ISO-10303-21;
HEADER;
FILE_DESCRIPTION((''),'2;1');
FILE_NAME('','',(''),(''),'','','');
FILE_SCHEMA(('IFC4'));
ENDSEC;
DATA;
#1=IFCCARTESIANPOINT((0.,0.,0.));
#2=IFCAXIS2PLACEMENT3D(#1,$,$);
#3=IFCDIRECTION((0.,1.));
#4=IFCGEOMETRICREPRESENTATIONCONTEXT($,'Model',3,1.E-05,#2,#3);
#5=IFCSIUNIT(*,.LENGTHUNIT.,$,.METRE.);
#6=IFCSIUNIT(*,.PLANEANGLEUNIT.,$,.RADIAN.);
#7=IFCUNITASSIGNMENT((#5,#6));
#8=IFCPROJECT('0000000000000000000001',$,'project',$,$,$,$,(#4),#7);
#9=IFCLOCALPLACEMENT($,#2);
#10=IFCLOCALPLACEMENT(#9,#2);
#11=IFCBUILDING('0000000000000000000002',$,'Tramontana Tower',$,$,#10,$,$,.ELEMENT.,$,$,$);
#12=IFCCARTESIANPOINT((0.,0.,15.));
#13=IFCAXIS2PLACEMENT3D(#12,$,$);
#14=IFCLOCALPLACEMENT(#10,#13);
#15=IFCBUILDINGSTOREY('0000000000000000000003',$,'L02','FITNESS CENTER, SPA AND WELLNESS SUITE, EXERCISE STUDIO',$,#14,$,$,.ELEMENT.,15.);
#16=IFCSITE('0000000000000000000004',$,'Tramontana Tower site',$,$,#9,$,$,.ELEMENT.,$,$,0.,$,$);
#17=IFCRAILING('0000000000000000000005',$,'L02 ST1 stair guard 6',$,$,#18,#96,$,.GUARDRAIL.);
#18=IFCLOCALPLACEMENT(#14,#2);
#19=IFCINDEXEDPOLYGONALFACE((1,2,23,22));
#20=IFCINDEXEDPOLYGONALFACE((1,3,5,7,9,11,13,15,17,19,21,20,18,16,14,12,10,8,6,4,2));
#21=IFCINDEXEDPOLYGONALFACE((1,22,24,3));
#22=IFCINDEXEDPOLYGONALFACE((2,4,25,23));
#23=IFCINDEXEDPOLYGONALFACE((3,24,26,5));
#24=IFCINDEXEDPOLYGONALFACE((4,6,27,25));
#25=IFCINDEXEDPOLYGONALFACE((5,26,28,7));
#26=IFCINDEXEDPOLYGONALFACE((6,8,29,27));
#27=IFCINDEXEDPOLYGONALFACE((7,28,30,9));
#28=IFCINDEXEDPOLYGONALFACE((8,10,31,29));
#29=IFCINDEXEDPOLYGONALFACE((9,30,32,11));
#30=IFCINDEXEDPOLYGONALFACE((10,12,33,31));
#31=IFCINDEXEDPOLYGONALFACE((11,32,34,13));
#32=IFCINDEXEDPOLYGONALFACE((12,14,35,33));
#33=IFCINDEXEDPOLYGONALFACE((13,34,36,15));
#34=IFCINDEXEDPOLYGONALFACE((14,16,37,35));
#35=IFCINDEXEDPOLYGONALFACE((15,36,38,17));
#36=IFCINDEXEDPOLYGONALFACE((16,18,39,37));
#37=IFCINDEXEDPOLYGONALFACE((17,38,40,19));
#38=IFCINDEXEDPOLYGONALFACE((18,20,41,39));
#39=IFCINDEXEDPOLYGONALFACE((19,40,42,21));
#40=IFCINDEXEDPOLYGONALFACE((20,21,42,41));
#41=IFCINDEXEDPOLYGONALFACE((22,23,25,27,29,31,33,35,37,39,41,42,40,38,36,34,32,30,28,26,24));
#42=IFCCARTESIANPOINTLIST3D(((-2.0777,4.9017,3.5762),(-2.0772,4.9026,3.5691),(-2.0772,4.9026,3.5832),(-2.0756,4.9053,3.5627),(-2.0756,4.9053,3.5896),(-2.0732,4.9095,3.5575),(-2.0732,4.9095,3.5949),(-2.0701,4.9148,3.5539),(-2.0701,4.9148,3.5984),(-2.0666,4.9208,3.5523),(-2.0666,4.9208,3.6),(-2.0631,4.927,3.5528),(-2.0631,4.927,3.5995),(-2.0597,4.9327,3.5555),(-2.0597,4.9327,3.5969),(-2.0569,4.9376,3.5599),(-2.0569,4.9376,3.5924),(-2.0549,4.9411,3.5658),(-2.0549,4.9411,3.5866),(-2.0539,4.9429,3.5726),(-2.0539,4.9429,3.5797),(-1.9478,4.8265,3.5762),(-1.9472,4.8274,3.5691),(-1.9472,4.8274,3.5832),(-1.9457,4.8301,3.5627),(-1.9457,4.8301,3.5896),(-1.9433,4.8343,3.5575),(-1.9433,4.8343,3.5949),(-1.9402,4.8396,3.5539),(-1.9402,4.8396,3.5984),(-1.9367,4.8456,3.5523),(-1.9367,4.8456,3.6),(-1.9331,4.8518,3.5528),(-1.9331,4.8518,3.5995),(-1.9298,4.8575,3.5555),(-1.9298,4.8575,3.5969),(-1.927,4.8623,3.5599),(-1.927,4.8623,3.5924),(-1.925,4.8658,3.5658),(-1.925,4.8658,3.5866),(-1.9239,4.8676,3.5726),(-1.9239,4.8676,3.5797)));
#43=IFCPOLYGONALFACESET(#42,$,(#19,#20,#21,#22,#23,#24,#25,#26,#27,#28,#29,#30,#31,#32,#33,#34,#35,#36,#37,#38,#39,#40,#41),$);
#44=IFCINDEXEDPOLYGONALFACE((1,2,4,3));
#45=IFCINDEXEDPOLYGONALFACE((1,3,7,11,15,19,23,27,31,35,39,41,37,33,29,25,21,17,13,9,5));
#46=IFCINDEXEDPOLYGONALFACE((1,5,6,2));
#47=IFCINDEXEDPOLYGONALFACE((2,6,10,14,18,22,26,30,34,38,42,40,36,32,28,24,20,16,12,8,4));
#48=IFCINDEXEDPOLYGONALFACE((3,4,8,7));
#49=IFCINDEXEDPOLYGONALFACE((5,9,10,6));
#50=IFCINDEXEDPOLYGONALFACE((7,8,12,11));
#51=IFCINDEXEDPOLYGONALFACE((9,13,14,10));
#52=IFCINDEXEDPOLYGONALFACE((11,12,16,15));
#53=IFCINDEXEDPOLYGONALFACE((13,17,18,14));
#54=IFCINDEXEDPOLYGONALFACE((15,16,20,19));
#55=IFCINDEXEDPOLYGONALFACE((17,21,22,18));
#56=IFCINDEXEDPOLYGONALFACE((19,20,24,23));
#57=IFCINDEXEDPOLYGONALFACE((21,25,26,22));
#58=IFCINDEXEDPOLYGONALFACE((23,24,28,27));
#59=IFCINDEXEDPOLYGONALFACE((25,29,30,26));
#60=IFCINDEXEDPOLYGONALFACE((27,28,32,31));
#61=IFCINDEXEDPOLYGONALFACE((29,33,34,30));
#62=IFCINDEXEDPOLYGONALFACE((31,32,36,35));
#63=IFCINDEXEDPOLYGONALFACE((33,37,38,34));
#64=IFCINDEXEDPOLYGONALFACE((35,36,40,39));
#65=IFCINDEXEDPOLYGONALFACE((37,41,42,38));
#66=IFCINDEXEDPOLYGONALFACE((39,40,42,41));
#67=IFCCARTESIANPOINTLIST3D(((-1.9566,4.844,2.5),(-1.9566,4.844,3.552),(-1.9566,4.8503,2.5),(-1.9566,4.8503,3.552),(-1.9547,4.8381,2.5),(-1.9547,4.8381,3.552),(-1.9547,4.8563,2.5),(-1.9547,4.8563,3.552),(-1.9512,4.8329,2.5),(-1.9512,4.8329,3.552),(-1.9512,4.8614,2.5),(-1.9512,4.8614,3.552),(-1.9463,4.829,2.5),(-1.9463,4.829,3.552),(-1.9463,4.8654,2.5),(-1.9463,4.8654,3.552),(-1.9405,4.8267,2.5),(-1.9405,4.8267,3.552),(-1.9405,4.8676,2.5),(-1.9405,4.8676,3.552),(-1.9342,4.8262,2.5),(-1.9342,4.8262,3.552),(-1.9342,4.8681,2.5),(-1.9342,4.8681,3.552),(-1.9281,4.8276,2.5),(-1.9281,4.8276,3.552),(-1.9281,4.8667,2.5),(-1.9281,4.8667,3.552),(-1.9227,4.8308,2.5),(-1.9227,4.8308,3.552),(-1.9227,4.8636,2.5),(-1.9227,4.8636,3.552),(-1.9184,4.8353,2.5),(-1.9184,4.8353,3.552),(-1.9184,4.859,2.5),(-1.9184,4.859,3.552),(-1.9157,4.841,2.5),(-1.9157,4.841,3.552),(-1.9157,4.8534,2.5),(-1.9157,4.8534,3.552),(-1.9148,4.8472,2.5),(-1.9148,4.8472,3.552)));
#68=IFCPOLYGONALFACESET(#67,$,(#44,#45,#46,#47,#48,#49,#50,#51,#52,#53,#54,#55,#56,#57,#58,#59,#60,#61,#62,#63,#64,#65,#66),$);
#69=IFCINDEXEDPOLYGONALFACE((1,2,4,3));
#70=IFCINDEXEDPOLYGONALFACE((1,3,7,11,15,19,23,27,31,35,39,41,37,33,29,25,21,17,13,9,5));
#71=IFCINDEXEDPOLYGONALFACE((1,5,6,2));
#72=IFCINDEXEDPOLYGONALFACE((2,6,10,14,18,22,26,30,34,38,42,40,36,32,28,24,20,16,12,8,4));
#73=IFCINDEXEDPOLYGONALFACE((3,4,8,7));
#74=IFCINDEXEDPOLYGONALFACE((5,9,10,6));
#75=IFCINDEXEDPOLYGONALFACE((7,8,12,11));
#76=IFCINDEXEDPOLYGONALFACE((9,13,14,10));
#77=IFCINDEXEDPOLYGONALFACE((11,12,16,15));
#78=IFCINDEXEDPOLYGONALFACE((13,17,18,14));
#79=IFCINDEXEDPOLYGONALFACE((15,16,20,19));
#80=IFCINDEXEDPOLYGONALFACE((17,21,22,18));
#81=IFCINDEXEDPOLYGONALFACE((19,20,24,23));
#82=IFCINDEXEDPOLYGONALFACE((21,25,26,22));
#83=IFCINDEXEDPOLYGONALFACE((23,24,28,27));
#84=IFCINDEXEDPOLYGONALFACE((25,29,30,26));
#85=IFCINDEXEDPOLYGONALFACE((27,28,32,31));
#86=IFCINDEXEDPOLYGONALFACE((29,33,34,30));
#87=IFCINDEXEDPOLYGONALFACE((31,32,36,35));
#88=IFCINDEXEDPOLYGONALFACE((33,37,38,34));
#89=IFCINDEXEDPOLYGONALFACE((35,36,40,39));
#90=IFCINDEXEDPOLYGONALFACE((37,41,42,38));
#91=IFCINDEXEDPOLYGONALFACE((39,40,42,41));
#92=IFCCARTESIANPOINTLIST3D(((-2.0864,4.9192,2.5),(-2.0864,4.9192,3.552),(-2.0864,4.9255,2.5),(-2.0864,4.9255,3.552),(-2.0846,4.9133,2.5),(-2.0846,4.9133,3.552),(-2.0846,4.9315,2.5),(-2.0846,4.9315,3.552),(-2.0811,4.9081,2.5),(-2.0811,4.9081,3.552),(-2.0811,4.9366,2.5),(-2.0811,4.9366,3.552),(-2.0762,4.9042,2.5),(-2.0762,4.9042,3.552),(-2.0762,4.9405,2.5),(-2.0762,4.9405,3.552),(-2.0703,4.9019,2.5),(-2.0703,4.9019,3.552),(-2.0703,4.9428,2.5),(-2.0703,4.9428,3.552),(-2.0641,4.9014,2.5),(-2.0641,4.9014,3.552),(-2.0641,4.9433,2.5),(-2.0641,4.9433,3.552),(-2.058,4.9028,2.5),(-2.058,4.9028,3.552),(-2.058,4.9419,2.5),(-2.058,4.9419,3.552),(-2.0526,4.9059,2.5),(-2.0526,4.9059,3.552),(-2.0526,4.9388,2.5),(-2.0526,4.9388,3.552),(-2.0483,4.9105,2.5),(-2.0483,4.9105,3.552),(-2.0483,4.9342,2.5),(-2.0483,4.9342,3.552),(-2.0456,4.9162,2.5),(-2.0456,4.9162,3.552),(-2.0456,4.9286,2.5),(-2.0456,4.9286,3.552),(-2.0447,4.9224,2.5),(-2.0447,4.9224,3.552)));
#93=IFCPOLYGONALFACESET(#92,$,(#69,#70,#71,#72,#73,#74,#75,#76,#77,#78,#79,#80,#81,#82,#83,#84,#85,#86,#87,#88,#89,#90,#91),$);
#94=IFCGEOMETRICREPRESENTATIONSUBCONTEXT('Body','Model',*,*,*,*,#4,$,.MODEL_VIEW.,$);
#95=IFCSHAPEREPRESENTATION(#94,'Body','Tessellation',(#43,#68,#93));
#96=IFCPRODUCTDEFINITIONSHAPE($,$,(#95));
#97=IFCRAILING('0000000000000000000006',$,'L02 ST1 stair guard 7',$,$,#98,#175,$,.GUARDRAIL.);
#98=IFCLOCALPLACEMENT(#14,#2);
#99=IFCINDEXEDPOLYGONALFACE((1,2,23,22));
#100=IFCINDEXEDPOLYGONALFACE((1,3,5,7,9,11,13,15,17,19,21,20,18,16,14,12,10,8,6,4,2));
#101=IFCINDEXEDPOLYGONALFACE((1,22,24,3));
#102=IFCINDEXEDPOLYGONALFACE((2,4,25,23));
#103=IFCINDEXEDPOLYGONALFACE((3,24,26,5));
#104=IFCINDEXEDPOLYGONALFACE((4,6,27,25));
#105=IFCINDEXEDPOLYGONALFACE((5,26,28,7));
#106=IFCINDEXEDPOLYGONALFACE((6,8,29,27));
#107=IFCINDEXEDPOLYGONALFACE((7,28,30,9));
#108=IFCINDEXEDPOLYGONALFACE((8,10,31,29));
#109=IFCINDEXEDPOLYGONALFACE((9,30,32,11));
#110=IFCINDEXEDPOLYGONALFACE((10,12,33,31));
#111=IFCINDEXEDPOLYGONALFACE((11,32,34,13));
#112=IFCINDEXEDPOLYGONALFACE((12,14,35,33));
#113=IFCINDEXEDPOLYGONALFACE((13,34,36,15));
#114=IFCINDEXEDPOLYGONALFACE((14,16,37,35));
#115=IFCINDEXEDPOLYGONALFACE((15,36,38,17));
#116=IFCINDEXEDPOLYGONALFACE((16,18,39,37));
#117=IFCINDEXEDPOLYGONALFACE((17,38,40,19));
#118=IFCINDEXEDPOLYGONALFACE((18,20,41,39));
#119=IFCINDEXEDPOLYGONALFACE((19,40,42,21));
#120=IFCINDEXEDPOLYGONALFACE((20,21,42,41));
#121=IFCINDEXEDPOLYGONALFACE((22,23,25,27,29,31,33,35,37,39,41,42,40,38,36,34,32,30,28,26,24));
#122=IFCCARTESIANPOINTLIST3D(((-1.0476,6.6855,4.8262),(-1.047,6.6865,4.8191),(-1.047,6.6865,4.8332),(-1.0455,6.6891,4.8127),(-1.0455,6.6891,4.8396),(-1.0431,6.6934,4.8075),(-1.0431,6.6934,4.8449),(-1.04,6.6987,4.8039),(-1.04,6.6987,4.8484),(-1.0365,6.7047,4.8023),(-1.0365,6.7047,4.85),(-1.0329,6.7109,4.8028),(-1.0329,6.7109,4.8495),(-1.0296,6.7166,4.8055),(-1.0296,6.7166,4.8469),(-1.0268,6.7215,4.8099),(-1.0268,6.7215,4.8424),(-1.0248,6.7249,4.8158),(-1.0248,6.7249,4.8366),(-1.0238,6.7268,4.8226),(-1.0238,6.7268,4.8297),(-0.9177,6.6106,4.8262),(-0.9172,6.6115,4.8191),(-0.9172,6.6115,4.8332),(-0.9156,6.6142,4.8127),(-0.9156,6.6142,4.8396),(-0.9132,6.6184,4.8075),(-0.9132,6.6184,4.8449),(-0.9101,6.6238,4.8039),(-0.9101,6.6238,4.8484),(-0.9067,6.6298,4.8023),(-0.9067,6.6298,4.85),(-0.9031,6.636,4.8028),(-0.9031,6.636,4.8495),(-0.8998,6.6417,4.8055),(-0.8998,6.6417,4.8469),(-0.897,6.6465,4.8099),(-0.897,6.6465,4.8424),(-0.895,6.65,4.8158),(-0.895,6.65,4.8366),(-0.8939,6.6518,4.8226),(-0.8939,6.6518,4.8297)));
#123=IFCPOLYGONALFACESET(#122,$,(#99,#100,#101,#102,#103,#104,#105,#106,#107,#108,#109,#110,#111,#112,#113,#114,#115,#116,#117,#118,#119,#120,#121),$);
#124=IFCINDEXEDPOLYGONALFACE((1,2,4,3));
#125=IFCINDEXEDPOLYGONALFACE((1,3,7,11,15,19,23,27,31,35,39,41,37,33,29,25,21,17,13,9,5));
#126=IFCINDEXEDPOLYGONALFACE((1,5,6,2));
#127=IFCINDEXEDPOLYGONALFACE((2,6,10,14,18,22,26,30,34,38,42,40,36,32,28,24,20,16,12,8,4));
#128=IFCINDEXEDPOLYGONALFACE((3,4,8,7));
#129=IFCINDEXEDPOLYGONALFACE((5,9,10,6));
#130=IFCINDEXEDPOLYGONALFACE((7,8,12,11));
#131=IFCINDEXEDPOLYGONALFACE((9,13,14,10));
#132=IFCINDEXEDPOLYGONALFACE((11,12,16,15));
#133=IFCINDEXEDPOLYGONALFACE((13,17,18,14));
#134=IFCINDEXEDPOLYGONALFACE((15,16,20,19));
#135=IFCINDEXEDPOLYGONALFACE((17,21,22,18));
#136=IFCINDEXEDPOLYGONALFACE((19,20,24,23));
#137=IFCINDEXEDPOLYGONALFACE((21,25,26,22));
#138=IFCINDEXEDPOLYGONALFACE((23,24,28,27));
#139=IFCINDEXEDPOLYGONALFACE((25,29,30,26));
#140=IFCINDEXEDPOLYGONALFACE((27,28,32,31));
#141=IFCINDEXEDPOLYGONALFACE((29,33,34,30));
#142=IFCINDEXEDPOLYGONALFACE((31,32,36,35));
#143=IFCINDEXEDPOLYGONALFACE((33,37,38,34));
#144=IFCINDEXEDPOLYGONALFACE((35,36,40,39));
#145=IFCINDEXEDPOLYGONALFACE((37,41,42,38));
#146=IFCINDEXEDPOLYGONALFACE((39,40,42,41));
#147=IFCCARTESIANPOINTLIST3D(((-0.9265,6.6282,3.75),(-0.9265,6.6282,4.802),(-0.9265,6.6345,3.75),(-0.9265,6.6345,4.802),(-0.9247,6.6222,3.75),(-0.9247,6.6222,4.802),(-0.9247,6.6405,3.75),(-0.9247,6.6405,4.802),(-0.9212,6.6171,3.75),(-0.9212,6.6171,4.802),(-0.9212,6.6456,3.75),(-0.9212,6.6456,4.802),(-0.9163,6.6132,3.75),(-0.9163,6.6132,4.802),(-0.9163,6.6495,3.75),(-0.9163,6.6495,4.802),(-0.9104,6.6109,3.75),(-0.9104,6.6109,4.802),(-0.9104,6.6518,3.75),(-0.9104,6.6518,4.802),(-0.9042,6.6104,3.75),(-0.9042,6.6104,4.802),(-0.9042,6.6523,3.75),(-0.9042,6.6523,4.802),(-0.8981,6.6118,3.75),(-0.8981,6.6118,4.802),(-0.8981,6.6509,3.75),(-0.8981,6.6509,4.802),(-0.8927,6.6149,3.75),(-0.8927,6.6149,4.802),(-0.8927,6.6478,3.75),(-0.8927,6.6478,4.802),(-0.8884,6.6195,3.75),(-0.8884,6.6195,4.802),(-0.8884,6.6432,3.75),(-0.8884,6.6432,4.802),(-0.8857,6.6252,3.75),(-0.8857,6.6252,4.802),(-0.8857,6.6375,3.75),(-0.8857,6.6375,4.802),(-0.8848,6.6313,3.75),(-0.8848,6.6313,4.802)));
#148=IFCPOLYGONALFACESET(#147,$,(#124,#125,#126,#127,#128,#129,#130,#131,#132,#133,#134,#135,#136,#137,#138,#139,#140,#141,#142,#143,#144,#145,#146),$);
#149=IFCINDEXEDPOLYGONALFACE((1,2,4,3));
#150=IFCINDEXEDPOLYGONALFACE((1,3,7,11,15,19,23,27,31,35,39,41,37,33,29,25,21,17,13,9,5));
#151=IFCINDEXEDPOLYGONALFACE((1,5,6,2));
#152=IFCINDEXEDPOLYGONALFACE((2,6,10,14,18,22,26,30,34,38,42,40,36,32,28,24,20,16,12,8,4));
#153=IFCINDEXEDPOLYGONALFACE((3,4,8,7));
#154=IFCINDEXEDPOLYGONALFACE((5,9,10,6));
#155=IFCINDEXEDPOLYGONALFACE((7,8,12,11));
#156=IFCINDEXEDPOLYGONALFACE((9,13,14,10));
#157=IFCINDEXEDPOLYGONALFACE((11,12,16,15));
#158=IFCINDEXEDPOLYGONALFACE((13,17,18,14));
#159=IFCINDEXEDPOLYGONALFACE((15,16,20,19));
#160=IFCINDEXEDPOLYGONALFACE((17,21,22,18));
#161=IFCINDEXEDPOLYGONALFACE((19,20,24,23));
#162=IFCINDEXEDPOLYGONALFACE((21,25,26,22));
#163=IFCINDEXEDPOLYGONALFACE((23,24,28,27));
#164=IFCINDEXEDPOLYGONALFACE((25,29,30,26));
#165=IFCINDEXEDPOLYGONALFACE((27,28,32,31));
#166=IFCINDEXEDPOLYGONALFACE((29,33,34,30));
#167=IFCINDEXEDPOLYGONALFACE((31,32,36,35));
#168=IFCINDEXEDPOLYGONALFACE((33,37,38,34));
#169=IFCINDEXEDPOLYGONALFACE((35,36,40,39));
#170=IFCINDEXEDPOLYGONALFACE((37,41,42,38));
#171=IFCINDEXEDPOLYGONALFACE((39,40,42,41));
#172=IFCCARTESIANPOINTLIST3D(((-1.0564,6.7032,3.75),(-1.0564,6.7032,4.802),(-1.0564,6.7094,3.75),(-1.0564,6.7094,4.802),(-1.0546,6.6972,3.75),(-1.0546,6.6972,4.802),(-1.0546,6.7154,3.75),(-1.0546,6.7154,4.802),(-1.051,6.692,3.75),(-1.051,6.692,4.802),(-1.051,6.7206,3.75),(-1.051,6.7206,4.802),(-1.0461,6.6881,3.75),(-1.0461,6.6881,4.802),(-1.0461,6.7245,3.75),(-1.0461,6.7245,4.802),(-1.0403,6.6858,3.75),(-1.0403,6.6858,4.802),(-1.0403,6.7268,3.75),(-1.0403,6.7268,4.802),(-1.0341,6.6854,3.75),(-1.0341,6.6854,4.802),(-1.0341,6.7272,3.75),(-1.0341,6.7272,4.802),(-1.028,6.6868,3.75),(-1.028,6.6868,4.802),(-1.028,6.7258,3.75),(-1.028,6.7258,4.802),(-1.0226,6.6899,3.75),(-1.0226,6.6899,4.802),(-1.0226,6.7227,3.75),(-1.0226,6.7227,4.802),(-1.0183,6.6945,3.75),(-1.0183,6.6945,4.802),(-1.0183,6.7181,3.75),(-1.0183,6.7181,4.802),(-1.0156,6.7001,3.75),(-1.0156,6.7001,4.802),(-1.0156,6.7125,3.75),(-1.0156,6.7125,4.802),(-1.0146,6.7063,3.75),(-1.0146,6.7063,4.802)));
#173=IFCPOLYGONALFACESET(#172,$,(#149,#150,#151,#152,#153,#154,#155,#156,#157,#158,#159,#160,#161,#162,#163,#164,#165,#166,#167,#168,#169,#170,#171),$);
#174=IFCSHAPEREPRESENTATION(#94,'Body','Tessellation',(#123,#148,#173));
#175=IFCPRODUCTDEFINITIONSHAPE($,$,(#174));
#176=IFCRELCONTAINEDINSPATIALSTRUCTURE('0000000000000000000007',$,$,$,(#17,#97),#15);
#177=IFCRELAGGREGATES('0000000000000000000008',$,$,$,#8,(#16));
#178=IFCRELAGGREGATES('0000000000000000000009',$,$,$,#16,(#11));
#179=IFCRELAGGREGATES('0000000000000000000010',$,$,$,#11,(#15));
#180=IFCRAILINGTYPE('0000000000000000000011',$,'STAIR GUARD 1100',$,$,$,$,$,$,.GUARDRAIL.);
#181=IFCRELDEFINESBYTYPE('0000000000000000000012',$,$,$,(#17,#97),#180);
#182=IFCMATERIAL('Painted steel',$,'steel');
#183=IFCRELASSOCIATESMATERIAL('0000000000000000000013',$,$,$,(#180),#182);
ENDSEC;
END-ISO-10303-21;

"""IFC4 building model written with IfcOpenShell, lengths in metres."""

from ifc_helpers import new_model, si_unit, direction, frame, origin, origin_2d, place, context, subcontext, project, spatial, circle, extrude, material, type_object, element, save


model = new_model("IFC4")

# Units and contexts
model_context = context("Model", 3, precision=1e-05, world=origin(), true_north=direction((0.0, 1.0)))
body_context = subcontext(model_context, "Body", "Model", "MODEL_VIEW")
ifc_project = project(units=[si_unit("LENGTHUNIT", "METRE"), si_unit("PLANEANGLEUNIT", "RADIAN")], contexts=[model_context])

# Site, building, storey
site_placement = place(None, origin())
site = spatial("IfcSite", under=ifc_project, at=site_placement, Name="Tramontana Tower site", CompositionType="ELEMENT", RefElevation=0.0)
building_placement = place(site_placement, origin())
building = spatial("IfcBuilding", under=site, at=building_placement, Name="Tramontana Tower", CompositionType="ELEMENT")
storey_placement = place(building_placement, frame((0.0, 0.0, 15.0)))
storey = spatial("IfcBuildingStorey", under=building, at=storey_placement, Name="L02", Description="FITNESS CENTER, SPA AND WELLNESS SUITE, EXERCISE STUDIO", CompositionType="ELEMENT", Elevation=15.0)

# Railings
ifc_material_1 = material(Name="Painted steel", Category="steel")
railing_type_1 = type_object("IfcRailingType", Name="STAIR GUARD 1100", PredefinedType="GUARDRAIL", material=ifc_material_1)
railing_1_placement = place(storey_placement, frame((-1.9358, 4.8472, 2.5)))
element("IfcRailing", 1, at=railing_1_placement, inside=storey, type_object=railing_type_1, Name="L02 ST1 stair guard 6", PredefinedType="GUARDRAIL", context=body_context, shape_type="SweptSolid", body=[
    extrude(circle(Radius=0.0239, at=origin_2d()), frame((0.0, 0.0, 1.0762), z_axis=(-0.865426, 0.501036, 0.0), x_axis=(-0.501036, -0.865426, 0.0)), (0.0, 0.0, 1.0), 0.1501),
    extrude(circle(Radius=0.021, at=origin_2d()), origin(), (0.0, 0.0, 1.0), 1.052),
    extrude(circle(Radius=0.021, at=origin_2d()), frame((-0.1299, 0.0752, 0.0)), (0.0, 0.0, 1.0), 1.052),
])
railing_2_placement = place(storey_placement, frame((-0.9058, 6.6313, 3.75)))
element("IfcRailing", 2, at=railing_2_placement, inside=storey, type_object=railing_type_1, Name="L02 ST1 stair guard 7", PredefinedType="GUARDRAIL", context=body_context, shape_type="SweptSolid", body=[
    extrude(circle(Radius=0.0239, at=origin_2d()), frame((0.0, 0.0, 1.0762), z_axis=(-0.866131, 0.499816, 0.0), x_axis=(-0.499816, -0.866131, 0.0)), (0.0, 0.0, 1.0), 0.1499),
    extrude(circle(Radius=0.021, at=origin_2d()), origin(), (0.0, 0.0, 1.0), 1.052),
    extrude(circle(Radius=0.021, at=origin_2d()), frame((-0.1299, 0.075, 0.0)), (0.0, 0.0, 1.0), 1.052),
])

save(model, "model.ifc")
